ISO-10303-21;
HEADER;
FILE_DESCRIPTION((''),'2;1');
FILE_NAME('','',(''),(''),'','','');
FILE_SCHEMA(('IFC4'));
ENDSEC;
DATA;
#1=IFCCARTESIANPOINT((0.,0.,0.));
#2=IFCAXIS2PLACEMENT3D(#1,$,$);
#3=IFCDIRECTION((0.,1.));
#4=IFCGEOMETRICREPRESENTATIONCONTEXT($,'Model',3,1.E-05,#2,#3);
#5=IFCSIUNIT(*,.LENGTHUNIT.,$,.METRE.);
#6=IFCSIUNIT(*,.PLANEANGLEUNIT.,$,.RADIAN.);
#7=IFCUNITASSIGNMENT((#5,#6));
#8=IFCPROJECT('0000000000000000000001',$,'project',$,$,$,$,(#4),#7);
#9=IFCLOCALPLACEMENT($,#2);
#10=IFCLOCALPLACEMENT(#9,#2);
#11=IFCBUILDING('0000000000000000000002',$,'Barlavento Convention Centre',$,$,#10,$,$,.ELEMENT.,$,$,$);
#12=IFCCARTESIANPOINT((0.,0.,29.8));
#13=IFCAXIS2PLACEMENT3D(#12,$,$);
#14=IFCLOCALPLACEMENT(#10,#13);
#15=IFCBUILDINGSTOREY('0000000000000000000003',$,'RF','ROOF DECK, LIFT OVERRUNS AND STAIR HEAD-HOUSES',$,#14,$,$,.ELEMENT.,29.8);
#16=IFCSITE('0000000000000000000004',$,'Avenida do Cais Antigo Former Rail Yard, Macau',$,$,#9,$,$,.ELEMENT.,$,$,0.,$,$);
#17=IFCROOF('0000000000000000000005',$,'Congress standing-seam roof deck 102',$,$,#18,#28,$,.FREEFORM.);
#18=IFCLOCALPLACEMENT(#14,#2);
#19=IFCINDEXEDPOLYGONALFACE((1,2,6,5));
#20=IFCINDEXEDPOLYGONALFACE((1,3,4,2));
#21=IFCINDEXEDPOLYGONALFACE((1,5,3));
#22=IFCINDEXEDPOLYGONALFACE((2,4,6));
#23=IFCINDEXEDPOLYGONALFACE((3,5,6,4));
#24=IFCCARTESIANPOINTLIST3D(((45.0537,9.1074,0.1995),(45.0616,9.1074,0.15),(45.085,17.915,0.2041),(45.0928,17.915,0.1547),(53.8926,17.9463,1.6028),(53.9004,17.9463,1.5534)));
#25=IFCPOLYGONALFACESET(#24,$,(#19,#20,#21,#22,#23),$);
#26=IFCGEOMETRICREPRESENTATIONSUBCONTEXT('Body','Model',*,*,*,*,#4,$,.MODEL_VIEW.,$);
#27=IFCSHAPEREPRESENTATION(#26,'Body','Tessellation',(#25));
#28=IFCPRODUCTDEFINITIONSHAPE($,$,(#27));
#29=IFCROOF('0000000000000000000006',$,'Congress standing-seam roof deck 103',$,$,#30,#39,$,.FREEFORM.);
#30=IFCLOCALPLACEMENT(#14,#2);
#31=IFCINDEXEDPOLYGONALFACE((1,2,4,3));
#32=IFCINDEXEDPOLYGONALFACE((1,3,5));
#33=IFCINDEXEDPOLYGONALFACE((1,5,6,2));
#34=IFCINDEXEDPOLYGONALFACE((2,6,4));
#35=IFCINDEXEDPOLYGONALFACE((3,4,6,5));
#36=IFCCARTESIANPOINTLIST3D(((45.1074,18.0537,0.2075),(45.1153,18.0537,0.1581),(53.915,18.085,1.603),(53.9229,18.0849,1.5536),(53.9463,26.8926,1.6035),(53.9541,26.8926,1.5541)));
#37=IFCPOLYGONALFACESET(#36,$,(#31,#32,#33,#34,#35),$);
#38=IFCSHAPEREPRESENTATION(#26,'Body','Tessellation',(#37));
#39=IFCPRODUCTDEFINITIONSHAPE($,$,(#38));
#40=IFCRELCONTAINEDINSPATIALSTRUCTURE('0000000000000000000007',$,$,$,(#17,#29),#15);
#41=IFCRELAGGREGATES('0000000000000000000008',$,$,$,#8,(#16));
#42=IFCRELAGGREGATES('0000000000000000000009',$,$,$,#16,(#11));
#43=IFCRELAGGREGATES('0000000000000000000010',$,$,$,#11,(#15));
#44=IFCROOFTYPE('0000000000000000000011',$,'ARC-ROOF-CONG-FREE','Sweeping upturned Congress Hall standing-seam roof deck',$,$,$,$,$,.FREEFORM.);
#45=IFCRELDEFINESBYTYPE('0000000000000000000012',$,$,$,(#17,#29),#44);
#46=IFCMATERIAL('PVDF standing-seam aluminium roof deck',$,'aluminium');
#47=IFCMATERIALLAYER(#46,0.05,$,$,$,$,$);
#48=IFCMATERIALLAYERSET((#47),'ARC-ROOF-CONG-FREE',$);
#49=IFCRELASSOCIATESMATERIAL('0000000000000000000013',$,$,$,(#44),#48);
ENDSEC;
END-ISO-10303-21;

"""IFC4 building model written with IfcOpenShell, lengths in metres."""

from ifc_helpers import new_model, si_unit, direction, frame, origin, place, context, subcontext, project, spatial, polyline, outline, extrude, material, layer, layer_set, type_object, element, save


model = new_model("IFC4")

# Units and contexts
model_context = context("Model", 3, precision=1e-05, world=origin(), true_north=direction((0.0, 1.0)))
body_context = subcontext(model_context, "Body", "Model", "MODEL_VIEW")
ifc_project = project(units=[si_unit("LENGTHUNIT", "METRE"), si_unit("PLANEANGLEUNIT", "RADIAN")], contexts=[model_context])

# Site, building, storey
site_placement = place(None, origin())
site = spatial("IfcSite", under=ifc_project, at=site_placement, Name="Avenida do Cais Antigo Former Rail Yard, Macau", CompositionType="ELEMENT", RefElevation=0.0)
building_placement = place(site_placement, origin())
building = spatial("IfcBuilding", under=site, at=building_placement, Name="Barlavento Convention Centre", CompositionType="ELEMENT")
storey_placement = place(building_placement, frame((0.0, 0.0, 29.8)))
storey = spatial("IfcBuildingStorey", under=building, at=storey_placement, Name="RF", Description="ROOF DECK, LIFT OVERRUNS AND STAIR HEAD-HOUSES", CompositionType="ELEMENT", Elevation=29.8)

# Roofs
ifc_material_1 = material(Name="PVDF standing-seam aluminium roof deck", Category="aluminium")
ifc_layer_1 = layer(ifc_material_1, 0.05)
ifc_layer_set_1 = layer_set([ifc_layer_1], Name="ARC-ROOF-CONG-FREE")
roof_type = type_object("IfcRoofType", Name="ARC-ROOF-CONG-FREE", Description="Sweeping upturned Congress Hall standing-seam roof deck", PredefinedType="FREEFORM", material=ifc_layer_set_1)
roof_1_placement = place(storey_placement, frame((45.0537, 9.1074, 0.1995), z_axis=(-0.156838, 0.000036, 0.987624), x_axis=(0.702692, 0.702692, 0.111564)))
element("IfcRoof", 1, at=roof_1_placement, inside=storey, type_object=roof_type, Name="Congress standing-seam roof deck 102", PredefinedType="FREEFORM", context=body_context, shape_type="SweptSolid", body=[
    extrude(outline(polyline([(0.0, 0.0), (12.5786, 0.0), (6.2115, 6.2444), (0.0, 0.0)])), origin(), (0.0, 0.0, -1.0), 0.05),
])
roof_2_placement = place(storey_placement, frame((45.1074, 18.0537, 0.2075), z_axis=(-0.156493, 0.0005, 0.987679), x_axis=(0.987673, 0.003504, 0.15649)))
element("IfcRoof", 2, at=roof_2_placement, inside=storey, type_object=roof_type, Name="Congress standing-seam roof deck 103", PredefinedType="FREEFORM", context=body_context, shape_type="SweptSolid", body=[
    extrude(outline(polyline([(0.0, 0.0), (8.9175, 0.0), (8.9793, 8.8075), (0.0, 0.0)])), origin(), (0.0, 0.0, -1.0), 0.05),
])

save(model, "model.ifc")
